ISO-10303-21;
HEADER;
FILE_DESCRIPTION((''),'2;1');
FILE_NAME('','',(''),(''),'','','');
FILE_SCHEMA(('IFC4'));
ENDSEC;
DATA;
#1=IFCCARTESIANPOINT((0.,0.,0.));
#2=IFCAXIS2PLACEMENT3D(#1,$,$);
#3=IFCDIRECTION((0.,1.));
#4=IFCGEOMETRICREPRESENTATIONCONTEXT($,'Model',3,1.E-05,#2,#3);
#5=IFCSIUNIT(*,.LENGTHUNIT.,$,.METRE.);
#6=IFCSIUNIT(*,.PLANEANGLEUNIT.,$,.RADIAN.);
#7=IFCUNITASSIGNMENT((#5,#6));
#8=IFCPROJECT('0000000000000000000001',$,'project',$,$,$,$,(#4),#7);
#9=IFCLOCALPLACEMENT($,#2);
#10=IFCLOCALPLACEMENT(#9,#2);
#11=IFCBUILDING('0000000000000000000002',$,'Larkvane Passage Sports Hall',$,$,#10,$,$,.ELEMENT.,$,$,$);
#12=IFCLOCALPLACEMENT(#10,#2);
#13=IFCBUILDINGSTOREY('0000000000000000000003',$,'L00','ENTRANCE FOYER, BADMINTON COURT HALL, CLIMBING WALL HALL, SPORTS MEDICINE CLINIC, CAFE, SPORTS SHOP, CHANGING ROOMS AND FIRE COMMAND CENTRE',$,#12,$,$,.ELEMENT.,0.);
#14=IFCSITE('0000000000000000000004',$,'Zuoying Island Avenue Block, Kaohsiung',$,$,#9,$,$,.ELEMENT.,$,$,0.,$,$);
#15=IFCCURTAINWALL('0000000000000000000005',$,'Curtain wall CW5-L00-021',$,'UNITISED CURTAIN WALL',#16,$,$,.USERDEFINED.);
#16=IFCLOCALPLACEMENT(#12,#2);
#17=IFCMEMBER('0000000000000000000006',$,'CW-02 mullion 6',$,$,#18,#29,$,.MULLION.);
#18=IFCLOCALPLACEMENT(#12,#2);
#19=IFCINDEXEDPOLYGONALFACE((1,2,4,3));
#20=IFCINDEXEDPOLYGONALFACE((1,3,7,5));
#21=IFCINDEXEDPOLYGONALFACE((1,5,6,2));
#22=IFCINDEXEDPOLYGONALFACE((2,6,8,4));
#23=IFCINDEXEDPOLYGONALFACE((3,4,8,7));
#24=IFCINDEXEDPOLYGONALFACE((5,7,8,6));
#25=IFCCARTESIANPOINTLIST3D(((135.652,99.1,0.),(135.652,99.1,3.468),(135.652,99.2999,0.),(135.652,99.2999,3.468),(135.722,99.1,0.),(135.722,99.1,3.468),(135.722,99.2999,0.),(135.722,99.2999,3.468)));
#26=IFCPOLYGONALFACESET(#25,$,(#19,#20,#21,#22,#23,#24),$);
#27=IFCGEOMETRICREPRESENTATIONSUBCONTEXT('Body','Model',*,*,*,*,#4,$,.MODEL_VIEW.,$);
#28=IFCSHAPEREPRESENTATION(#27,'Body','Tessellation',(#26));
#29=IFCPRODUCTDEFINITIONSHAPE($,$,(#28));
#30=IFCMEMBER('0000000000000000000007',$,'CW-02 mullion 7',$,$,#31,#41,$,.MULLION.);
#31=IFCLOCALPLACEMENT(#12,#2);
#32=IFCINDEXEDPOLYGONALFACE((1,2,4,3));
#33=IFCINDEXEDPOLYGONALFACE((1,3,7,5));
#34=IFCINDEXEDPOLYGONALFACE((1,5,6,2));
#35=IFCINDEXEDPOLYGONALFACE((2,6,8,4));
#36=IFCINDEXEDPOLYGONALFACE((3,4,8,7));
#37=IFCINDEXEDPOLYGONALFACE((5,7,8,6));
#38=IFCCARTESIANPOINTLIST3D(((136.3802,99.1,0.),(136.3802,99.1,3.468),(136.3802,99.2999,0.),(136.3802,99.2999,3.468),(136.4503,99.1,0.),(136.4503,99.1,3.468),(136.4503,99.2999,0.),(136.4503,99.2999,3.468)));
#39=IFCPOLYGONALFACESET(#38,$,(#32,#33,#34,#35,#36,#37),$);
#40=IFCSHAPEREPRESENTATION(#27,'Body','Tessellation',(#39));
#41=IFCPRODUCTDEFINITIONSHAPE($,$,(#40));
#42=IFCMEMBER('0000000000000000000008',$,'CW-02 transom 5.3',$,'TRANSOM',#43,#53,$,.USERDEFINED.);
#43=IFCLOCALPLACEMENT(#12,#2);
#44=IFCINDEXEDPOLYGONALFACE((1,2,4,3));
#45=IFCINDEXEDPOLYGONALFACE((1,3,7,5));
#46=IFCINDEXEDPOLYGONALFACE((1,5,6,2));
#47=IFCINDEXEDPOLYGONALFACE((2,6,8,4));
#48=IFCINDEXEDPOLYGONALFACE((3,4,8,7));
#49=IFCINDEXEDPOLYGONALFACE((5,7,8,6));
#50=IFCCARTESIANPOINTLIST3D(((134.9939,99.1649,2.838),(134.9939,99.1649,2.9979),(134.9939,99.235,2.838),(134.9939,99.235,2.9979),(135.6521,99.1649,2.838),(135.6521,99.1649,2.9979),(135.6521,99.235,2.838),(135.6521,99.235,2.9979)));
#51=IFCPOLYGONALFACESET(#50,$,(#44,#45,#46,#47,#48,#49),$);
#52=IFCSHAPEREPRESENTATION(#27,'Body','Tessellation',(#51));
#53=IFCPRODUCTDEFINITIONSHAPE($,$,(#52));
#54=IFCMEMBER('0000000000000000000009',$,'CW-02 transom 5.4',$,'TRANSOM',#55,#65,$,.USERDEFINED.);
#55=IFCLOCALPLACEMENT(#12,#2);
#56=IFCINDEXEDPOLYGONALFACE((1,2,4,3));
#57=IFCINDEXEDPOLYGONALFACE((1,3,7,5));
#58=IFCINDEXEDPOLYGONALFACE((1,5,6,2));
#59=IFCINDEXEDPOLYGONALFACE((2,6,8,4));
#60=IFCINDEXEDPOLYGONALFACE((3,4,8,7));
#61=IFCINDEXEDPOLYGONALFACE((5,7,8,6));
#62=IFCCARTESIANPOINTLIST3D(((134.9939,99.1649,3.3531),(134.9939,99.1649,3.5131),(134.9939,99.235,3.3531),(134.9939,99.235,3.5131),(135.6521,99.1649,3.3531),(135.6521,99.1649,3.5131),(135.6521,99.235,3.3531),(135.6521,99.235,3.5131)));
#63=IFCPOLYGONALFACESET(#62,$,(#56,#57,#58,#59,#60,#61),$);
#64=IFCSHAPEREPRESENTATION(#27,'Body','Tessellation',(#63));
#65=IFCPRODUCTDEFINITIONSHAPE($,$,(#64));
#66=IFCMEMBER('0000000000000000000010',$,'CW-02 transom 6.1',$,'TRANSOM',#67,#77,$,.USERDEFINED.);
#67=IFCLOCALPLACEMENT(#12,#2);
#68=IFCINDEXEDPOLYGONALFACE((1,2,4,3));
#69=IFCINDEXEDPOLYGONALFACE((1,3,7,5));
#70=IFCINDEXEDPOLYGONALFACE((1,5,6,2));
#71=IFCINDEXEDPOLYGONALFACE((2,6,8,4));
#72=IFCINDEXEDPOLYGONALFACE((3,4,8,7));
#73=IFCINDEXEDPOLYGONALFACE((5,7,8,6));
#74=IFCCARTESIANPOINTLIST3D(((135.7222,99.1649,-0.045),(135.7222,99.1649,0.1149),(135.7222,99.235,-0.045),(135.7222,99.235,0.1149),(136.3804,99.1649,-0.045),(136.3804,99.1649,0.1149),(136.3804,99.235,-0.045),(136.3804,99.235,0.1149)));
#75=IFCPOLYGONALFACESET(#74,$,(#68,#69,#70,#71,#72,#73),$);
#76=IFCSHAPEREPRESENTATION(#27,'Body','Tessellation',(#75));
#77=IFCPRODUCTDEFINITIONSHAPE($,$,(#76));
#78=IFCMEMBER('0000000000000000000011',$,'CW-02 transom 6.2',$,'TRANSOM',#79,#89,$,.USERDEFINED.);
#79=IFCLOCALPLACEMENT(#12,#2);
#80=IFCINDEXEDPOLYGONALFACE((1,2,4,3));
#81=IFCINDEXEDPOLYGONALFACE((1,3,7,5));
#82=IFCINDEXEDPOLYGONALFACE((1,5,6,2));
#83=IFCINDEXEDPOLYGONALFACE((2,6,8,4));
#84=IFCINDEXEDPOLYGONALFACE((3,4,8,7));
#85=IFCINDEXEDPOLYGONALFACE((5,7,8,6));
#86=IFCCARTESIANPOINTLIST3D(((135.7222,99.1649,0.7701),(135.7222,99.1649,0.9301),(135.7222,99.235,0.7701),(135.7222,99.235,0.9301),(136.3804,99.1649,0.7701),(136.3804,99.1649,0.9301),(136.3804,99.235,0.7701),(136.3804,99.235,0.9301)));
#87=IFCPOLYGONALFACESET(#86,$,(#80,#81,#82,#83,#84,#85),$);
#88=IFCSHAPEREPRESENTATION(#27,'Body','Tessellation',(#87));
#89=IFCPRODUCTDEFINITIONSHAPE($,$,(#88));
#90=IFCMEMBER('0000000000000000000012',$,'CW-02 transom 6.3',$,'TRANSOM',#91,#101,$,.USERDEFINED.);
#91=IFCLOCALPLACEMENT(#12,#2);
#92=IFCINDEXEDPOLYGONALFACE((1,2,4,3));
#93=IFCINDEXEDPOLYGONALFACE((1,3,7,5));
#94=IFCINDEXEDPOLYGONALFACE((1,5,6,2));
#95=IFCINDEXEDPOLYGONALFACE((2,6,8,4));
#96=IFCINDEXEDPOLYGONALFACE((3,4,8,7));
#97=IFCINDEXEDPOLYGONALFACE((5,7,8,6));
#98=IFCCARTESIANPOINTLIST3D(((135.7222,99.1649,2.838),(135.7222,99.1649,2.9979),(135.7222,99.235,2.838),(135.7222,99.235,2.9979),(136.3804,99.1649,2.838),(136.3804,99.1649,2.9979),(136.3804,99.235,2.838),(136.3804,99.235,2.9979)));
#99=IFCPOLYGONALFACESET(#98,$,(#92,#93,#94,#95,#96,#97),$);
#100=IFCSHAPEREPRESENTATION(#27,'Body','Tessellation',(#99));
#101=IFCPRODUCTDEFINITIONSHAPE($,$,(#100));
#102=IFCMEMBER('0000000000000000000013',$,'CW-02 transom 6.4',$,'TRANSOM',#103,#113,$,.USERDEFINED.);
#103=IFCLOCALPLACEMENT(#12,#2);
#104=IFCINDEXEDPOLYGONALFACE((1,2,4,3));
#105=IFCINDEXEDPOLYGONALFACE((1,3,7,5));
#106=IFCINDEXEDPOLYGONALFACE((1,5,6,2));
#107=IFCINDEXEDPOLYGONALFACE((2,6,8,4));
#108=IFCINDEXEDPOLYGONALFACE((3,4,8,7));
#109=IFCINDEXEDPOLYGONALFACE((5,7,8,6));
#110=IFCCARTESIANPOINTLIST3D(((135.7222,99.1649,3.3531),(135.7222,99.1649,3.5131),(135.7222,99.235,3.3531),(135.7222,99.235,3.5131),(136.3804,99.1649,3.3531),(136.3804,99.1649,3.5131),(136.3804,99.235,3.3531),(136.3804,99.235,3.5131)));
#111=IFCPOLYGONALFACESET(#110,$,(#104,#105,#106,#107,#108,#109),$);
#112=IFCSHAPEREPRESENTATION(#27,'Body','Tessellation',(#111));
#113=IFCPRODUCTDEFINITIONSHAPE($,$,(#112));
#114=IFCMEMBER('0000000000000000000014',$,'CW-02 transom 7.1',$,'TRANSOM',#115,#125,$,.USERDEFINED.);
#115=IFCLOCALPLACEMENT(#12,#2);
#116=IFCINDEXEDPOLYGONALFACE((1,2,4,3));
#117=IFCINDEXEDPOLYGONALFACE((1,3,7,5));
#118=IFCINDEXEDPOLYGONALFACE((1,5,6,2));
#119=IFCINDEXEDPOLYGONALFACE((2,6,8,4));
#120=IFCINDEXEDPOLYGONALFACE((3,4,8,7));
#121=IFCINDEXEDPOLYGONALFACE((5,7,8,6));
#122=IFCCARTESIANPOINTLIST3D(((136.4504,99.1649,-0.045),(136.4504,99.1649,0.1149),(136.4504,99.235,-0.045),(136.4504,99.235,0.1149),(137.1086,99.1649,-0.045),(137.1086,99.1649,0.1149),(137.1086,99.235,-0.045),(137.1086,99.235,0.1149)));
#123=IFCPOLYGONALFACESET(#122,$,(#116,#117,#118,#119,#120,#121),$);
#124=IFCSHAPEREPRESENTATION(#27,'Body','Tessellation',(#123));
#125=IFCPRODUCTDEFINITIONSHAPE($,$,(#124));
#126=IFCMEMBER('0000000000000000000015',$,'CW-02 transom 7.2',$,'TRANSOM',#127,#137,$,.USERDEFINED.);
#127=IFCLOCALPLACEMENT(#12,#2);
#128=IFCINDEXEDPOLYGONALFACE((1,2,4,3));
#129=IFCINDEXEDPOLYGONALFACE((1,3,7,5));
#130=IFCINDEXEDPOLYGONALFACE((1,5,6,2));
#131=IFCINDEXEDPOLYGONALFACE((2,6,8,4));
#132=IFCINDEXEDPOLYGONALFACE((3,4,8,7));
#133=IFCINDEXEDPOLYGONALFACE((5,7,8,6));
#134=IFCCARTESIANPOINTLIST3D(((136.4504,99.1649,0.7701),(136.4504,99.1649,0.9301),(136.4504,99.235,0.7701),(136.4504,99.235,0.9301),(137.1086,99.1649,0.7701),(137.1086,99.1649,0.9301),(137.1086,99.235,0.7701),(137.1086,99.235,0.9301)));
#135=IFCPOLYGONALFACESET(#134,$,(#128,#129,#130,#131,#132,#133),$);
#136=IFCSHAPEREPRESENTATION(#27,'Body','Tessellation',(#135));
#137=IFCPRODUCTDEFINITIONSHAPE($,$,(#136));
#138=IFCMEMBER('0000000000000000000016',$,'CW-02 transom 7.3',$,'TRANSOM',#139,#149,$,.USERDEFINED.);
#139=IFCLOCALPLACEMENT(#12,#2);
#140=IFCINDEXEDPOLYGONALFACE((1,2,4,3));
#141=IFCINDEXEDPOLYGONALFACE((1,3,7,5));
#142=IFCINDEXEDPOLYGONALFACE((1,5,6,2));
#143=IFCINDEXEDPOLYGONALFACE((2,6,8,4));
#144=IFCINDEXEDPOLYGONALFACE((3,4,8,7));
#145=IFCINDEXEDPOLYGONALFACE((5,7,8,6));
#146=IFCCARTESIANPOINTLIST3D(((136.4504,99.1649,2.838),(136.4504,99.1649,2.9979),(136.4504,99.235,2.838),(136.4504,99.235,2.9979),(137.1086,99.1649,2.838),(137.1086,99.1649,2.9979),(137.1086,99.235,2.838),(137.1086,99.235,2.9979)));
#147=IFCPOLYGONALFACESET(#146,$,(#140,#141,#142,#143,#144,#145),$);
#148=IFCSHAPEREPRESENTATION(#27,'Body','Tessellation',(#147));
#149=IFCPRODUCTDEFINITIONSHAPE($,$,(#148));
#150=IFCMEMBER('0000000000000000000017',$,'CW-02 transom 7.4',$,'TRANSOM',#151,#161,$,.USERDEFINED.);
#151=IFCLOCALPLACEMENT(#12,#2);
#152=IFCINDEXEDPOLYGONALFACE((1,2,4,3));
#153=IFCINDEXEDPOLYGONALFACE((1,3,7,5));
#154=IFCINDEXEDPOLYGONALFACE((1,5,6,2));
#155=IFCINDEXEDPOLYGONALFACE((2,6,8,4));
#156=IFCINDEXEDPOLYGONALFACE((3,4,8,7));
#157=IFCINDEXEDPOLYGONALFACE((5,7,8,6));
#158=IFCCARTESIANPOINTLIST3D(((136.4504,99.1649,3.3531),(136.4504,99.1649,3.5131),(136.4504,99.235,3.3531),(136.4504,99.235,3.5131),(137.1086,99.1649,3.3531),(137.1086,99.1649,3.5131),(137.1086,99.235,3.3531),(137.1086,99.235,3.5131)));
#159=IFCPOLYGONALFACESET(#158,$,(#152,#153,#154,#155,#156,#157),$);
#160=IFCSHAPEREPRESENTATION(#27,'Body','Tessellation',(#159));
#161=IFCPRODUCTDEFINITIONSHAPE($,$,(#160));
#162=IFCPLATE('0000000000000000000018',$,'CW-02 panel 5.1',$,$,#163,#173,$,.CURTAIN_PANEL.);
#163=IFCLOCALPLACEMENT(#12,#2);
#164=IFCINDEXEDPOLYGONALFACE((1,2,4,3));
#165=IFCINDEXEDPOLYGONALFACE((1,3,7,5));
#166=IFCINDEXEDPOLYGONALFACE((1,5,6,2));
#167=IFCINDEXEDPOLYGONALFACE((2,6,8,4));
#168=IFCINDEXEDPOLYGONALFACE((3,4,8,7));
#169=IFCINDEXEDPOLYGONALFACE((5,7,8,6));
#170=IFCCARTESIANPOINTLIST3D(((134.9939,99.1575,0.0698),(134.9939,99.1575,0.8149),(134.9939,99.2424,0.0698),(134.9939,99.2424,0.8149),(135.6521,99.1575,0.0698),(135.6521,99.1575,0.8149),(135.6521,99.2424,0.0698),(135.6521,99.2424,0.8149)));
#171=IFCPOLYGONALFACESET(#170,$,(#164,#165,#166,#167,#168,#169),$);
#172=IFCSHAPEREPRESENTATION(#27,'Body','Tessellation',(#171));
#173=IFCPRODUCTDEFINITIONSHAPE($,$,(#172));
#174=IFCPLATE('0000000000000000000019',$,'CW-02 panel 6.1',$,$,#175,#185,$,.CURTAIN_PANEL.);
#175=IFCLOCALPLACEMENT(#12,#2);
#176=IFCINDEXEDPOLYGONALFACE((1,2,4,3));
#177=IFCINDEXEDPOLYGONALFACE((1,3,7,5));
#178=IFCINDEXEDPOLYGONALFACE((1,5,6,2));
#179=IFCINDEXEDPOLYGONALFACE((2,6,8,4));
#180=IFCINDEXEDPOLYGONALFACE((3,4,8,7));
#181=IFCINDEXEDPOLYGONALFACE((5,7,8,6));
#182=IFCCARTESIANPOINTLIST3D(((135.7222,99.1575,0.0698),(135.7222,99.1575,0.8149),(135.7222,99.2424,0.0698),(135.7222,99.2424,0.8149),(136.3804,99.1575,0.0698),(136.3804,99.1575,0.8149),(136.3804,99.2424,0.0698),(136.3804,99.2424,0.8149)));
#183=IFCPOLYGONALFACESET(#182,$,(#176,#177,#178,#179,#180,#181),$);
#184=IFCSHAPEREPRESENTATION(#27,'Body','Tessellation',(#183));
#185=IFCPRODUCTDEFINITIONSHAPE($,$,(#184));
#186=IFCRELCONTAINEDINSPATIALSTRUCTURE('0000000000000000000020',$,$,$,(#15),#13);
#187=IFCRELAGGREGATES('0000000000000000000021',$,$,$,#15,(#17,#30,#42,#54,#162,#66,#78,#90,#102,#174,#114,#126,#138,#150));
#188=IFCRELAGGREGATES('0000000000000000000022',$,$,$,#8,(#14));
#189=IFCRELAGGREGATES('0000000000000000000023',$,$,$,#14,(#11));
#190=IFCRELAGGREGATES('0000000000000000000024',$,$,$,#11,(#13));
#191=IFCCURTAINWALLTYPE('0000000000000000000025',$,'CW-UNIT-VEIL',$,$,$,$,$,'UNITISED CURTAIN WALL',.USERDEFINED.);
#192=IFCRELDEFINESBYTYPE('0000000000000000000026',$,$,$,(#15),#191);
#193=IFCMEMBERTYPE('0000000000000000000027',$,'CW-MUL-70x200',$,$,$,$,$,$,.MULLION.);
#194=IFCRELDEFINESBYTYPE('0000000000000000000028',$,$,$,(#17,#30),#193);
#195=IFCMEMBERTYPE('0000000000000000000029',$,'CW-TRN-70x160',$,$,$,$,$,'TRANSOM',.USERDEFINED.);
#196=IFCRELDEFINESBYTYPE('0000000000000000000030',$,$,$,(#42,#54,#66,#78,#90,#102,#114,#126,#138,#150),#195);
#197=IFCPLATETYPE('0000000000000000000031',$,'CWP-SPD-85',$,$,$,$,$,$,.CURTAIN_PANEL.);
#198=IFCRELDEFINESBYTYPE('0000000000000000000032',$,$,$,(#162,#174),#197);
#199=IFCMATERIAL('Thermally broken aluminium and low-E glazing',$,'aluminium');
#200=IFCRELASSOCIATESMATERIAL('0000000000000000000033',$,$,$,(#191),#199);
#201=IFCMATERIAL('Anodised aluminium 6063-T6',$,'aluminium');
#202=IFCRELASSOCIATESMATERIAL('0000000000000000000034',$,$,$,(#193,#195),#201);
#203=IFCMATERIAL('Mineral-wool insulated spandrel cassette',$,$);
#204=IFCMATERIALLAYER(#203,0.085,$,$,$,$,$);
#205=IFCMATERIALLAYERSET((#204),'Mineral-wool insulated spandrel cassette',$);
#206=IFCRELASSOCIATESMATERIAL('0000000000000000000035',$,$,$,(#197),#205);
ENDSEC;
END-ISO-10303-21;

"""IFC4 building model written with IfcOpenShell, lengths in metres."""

from ifc_helpers import new_model, si_unit, direction, frame, origin, origin_2d, place, context, subcontext, project, spatial, rectangle, extrude, material, layer, layer_set, material_profile, profile_set, type_object, element, aggregate, save


model = new_model("IFC4")

# Units and contexts
model_context = context("Model", 3, precision=1e-05, world=origin(), true_north=direction((0.0, 1.0)))
body_context = subcontext(model_context, "Body", "Model", "MODEL_VIEW")
ifc_project = project(units=[si_unit("LENGTHUNIT", "METRE"), si_unit("PLANEANGLEUNIT", "RADIAN")], contexts=[model_context])

# Site, building, storey
site_placement = place(None, origin())
site = spatial("IfcSite", under=ifc_project, at=site_placement, Name="Zuoying Island Avenue Block, Kaohsiung", CompositionType="ELEMENT", RefElevation=0.0)
building_placement = place(site_placement, origin())
building = spatial("IfcBuilding", under=site, at=building_placement, Name="Larkvane Passage Sports Hall", CompositionType="ELEMENT")
storey_placement = place(building_placement, origin())
storey = spatial("IfcBuildingStorey", under=building, at=storey_placement, Name="L00", Description="ENTRANCE FOYER, BADMINTON COURT HALL, CLIMBING WALL HALL, SPORTS MEDICINE CLINIC, CAFE, SPORTS SHOP, CHANGING ROOMS AND FIRE COMMAND CENTRE", CompositionType="ELEMENT", Elevation=0.0)

# Curtain wall, members, plates
ifc_material_1 = material(Name="Thermally broken aluminium and low-E glazing", Category="aluminium")
curtain_wall_type = type_object("IfcCurtainWallType", Name="CW-UNIT-VEIL", ElementType="UNITISED CURTAIN WALL", PredefinedType="USERDEFINED", material=ifc_material_1)
curtain_wall_placement = place(storey_placement, origin())
curtain_wall = element("IfcCurtainWall", 1, at=curtain_wall_placement, inside=storey, type_object=curtain_wall_type, Name="Curtain wall CW5-L00-021", ObjectType="UNITISED CURTAIN WALL", PredefinedType="USERDEFINED")
ifc_material_2 = material(Name="Anodised aluminium 6063-T6", Category="aluminium")
ifc_material_profile_1 = material_profile(ifc_material_2, rectangle(XDim=0.0701, YDim=0.2, at=origin_2d()), Name="ALU-MUL-70x200")
ifc_profile_set_1 = profile_set([ifc_material_profile_1], Name="Anodised aluminium 6063-T6")
member_type_1 = type_object("IfcMemberType", Name="CW-MUL-70x200", PredefinedType="MULLION", material=ifc_profile_set_1)
member_1_placement = place(storey_placement, frame((135.687, 99.2, 0.0), z_axis=(0.0, 0.0, 1.0), x_axis=(1.0, 0.0, 0.0)))
member_1 = element("IfcMember", 2, at=member_1_placement, type_object=member_type_1, Name="CW-02 mullion 6", PredefinedType="MULLION", context=body_context, shape_type="SweptSolid", body=[
    extrude(rectangle(XDim=0.0701, YDim=0.2, at=origin_2d()), origin(), (0.0, 0.0, 1.0), 3.468),
])
member_2_placement = place(storey_placement, frame((136.4153, 99.2, 0.0), z_axis=(0.0, 0.0, 1.0), x_axis=(1.0, 0.0, 0.0)))
member_2 = element("IfcMember", 3, at=member_2_placement, type_object=member_type_1, Name="CW-02 mullion 7", PredefinedType="MULLION", context=body_context, shape_type="SweptSolid", body=[
    extrude(rectangle(XDim=0.0701, YDim=0.2, at=origin_2d()), origin(), (0.0, 0.0, 1.0), 3.468),
])
ifc_material_profile_2 = material_profile(ifc_material_2, rectangle(XDim=0.0701, YDim=0.1599, at=origin_2d()), Name="ALU-TRN-70x160")
ifc_profile_set_2 = profile_set([ifc_material_profile_2], Name="Anodised aluminium 6063-T6")
member_type_2 = type_object("IfcMemberType", Name="CW-TRN-70x160", ElementType="TRANSOM", PredefinedType="USERDEFINED", material=ifc_profile_set_2)
member_3_placement = place(storey_placement, frame((134.9939, 99.2, 2.918), z_axis=(1.0, 0.0, 0.0), x_axis=(0.0, 1.0, 0.0)))
member_3 = element("IfcMember", 4, at=member_3_placement, type_object=member_type_2, Name="CW-02 transom 5.3", ObjectType="TRANSOM", PredefinedType="USERDEFINED", context=body_context, shape_type="SweptSolid", body=[
    extrude(rectangle(XDim=0.0701, YDim=0.1599, at=origin_2d()), origin(), (0.0, 0.0, 1.0), 0.6582),
])
member_4_placement = place(storey_placement, frame((134.9939, 99.2, 3.4331), z_axis=(1.0, 0.0, 0.0), x_axis=(0.0, 1.0, 0.0)))
member_4 = element("IfcMember", 5, at=member_4_placement, type_object=member_type_2, Name="CW-02 transom 5.4", ObjectType="TRANSOM", PredefinedType="USERDEFINED", context=body_context, shape_type="SweptSolid", body=[
    extrude(rectangle(XDim=0.0701, YDim=0.1599, at=origin_2d()), origin(), (0.0, 0.0, 1.0), 0.6582),
])
member_5_placement = place(storey_placement, frame((135.7222, 99.2, 0.0349), z_axis=(1.0, 0.0, 0.0), x_axis=(0.0, 1.0, 0.0)))
member_5 = element("IfcMember", 6, at=member_5_placement, type_object=member_type_2, Name="CW-02 transom 6.1", ObjectType="TRANSOM", PredefinedType="USERDEFINED", context=body_context, shape_type="SweptSolid", body=[
    extrude(rectangle(XDim=0.0701, YDim=0.1599, at=origin_2d()), origin(), (0.0, 0.0, 1.0), 0.6582),
])
member_6_placement = place(storey_placement, frame((135.7222, 99.2, 0.8501), z_axis=(1.0, 0.0, 0.0), x_axis=(0.0, 1.0, 0.0)))
member_6 = element("IfcMember", 7, at=member_6_placement, type_object=member_type_2, Name="CW-02 transom 6.2", ObjectType="TRANSOM", PredefinedType="USERDEFINED", context=body_context, shape_type="SweptSolid", body=[
    extrude(rectangle(XDim=0.0701, YDim=0.1599, at=origin_2d()), origin(), (0.0, 0.0, 1.0), 0.6582),
])
member_7_placement = place(storey_placement, frame((135.7222, 99.2, 2.918), z_axis=(1.0, 0.0, 0.0), x_axis=(0.0, 1.0, 0.0)))
member_7 = element("IfcMember", 8, at=member_7_placement, type_object=member_type_2, Name="CW-02 transom 6.3", ObjectType="TRANSOM", PredefinedType="USERDEFINED", context=body_context, shape_type="SweptSolid", body=[
    extrude(rectangle(XDim=0.0701, YDim=0.1599, at=origin_2d()), origin(), (0.0, 0.0, 1.0), 0.6582),
])
member_8_placement = place(storey_placement, frame((135.7222, 99.2, 3.4331), z_axis=(1.0, 0.0, 0.0), x_axis=(0.0, 1.0, 0.0)))
member_8 = element("IfcMember", 9, at=member_8_placement, type_object=member_type_2, Name="CW-02 transom 6.4", ObjectType="TRANSOM", PredefinedType="USERDEFINED", context=body_context, shape_type="SweptSolid", body=[
    extrude(rectangle(XDim=0.0701, YDim=0.1599, at=origin_2d()), origin(), (0.0, 0.0, 1.0), 0.6582),
])
member_9_placement = place(storey_placement, frame((136.4504, 99.2, 0.0349), z_axis=(1.0, 0.0, 0.0), x_axis=(0.0, 1.0, 0.0)))
member_9 = element("IfcMember", 10, at=member_9_placement, type_object=member_type_2, Name="CW-02 transom 7.1", ObjectType="TRANSOM", PredefinedType="USERDEFINED", context=body_context, shape_type="SweptSolid", body=[
    extrude(rectangle(XDim=0.0701, YDim=0.1599, at=origin_2d()), origin(), (0.0, 0.0, 1.0), 0.6582),
])
member_10_placement = place(storey_placement, frame((136.4504, 99.2, 0.8501), z_axis=(1.0, 0.0, 0.0), x_axis=(0.0, 1.0, 0.0)))
member_10 = element("IfcMember", 11, at=member_10_placement, type_object=member_type_2, Name="CW-02 transom 7.2", ObjectType="TRANSOM", PredefinedType="USERDEFINED", context=body_context, shape_type="SweptSolid", body=[
    extrude(rectangle(XDim=0.0701, YDim=0.1599, at=origin_2d()), origin(), (0.0, 0.0, 1.0), 0.6582),
])
member_11_placement = place(storey_placement, frame((136.4504, 99.2, 2.918), z_axis=(1.0, 0.0, 0.0), x_axis=(0.0, 1.0, 0.0)))
member_11 = element("IfcMember", 12, at=member_11_placement, type_object=member_type_2, Name="CW-02 transom 7.3", ObjectType="TRANSOM", PredefinedType="USERDEFINED", context=body_context, shape_type="SweptSolid", body=[
    extrude(rectangle(XDim=0.0701, YDim=0.1599, at=origin_2d()), origin(), (0.0, 0.0, 1.0), 0.6582),
])
member_12_placement = place(storey_placement, frame((136.4504, 99.2, 3.4331), z_axis=(1.0, 0.0, 0.0), x_axis=(0.0, 1.0, 0.0)))
member_12 = element("IfcMember", 13, at=member_12_placement, type_object=member_type_2, Name="CW-02 transom 7.4", ObjectType="TRANSOM", PredefinedType="USERDEFINED", context=body_context, shape_type="SweptSolid", body=[
    extrude(rectangle(XDim=0.0701, YDim=0.1599, at=origin_2d()), origin(), (0.0, 0.0, 1.0), 0.6582),
])
ifc_material_3 = material(Name="Mineral-wool insulated spandrel cassette")
ifc_layer_1 = layer(ifc_material_3, 0.085)
ifc_layer_set_1 = layer_set([ifc_layer_1], Name="Mineral-wool insulated spandrel cassette")
plate_type_1 = type_object("IfcPlateType", Name="CWP-SPD-85", PredefinedType="CURTAIN_PANEL", material=ifc_layer_set_1)
plate_1_placement = place(storey_placement, frame((135.323, 99.2, 0.0698), z_axis=(0.0, 0.0, 1.0), x_axis=(1.0, 0.0, 0.0)))
plate_1 = element("IfcPlate", 14, at=plate_1_placement, type_object=plate_type_1, Name="CW-02 panel 5.1", PredefinedType="CURTAIN_PANEL", context=body_context, shape_type="SweptSolid", body=[
    extrude(rectangle(XDim=0.6582, YDim=0.085, at=origin_2d()), origin(), (0.0, 0.0, 1.0), 0.7451),
])
plate_2_placement = place(storey_placement, frame((136.0513, 99.2, 0.0698), z_axis=(0.0, 0.0, 1.0), x_axis=(1.0, 0.0, 0.0)))
plate_2 = element("IfcPlate", 15, at=plate_2_placement, type_object=plate_type_1, Name="CW-02 panel 6.1", PredefinedType="CURTAIN_PANEL", context=body_context, shape_type="SweptSolid", body=[
    extrude(rectangle(XDim=0.6582, YDim=0.085, at=origin_2d()), origin(), (0.0, 0.0, 1.0), 0.7451),
])
aggregate(curtain_wall, [member_1, member_2, member_3, member_4, plate_1, member_5, member_6, member_7, member_8, plate_2, member_9, member_10, member_11, member_12])

save(model, "model.ifc")
